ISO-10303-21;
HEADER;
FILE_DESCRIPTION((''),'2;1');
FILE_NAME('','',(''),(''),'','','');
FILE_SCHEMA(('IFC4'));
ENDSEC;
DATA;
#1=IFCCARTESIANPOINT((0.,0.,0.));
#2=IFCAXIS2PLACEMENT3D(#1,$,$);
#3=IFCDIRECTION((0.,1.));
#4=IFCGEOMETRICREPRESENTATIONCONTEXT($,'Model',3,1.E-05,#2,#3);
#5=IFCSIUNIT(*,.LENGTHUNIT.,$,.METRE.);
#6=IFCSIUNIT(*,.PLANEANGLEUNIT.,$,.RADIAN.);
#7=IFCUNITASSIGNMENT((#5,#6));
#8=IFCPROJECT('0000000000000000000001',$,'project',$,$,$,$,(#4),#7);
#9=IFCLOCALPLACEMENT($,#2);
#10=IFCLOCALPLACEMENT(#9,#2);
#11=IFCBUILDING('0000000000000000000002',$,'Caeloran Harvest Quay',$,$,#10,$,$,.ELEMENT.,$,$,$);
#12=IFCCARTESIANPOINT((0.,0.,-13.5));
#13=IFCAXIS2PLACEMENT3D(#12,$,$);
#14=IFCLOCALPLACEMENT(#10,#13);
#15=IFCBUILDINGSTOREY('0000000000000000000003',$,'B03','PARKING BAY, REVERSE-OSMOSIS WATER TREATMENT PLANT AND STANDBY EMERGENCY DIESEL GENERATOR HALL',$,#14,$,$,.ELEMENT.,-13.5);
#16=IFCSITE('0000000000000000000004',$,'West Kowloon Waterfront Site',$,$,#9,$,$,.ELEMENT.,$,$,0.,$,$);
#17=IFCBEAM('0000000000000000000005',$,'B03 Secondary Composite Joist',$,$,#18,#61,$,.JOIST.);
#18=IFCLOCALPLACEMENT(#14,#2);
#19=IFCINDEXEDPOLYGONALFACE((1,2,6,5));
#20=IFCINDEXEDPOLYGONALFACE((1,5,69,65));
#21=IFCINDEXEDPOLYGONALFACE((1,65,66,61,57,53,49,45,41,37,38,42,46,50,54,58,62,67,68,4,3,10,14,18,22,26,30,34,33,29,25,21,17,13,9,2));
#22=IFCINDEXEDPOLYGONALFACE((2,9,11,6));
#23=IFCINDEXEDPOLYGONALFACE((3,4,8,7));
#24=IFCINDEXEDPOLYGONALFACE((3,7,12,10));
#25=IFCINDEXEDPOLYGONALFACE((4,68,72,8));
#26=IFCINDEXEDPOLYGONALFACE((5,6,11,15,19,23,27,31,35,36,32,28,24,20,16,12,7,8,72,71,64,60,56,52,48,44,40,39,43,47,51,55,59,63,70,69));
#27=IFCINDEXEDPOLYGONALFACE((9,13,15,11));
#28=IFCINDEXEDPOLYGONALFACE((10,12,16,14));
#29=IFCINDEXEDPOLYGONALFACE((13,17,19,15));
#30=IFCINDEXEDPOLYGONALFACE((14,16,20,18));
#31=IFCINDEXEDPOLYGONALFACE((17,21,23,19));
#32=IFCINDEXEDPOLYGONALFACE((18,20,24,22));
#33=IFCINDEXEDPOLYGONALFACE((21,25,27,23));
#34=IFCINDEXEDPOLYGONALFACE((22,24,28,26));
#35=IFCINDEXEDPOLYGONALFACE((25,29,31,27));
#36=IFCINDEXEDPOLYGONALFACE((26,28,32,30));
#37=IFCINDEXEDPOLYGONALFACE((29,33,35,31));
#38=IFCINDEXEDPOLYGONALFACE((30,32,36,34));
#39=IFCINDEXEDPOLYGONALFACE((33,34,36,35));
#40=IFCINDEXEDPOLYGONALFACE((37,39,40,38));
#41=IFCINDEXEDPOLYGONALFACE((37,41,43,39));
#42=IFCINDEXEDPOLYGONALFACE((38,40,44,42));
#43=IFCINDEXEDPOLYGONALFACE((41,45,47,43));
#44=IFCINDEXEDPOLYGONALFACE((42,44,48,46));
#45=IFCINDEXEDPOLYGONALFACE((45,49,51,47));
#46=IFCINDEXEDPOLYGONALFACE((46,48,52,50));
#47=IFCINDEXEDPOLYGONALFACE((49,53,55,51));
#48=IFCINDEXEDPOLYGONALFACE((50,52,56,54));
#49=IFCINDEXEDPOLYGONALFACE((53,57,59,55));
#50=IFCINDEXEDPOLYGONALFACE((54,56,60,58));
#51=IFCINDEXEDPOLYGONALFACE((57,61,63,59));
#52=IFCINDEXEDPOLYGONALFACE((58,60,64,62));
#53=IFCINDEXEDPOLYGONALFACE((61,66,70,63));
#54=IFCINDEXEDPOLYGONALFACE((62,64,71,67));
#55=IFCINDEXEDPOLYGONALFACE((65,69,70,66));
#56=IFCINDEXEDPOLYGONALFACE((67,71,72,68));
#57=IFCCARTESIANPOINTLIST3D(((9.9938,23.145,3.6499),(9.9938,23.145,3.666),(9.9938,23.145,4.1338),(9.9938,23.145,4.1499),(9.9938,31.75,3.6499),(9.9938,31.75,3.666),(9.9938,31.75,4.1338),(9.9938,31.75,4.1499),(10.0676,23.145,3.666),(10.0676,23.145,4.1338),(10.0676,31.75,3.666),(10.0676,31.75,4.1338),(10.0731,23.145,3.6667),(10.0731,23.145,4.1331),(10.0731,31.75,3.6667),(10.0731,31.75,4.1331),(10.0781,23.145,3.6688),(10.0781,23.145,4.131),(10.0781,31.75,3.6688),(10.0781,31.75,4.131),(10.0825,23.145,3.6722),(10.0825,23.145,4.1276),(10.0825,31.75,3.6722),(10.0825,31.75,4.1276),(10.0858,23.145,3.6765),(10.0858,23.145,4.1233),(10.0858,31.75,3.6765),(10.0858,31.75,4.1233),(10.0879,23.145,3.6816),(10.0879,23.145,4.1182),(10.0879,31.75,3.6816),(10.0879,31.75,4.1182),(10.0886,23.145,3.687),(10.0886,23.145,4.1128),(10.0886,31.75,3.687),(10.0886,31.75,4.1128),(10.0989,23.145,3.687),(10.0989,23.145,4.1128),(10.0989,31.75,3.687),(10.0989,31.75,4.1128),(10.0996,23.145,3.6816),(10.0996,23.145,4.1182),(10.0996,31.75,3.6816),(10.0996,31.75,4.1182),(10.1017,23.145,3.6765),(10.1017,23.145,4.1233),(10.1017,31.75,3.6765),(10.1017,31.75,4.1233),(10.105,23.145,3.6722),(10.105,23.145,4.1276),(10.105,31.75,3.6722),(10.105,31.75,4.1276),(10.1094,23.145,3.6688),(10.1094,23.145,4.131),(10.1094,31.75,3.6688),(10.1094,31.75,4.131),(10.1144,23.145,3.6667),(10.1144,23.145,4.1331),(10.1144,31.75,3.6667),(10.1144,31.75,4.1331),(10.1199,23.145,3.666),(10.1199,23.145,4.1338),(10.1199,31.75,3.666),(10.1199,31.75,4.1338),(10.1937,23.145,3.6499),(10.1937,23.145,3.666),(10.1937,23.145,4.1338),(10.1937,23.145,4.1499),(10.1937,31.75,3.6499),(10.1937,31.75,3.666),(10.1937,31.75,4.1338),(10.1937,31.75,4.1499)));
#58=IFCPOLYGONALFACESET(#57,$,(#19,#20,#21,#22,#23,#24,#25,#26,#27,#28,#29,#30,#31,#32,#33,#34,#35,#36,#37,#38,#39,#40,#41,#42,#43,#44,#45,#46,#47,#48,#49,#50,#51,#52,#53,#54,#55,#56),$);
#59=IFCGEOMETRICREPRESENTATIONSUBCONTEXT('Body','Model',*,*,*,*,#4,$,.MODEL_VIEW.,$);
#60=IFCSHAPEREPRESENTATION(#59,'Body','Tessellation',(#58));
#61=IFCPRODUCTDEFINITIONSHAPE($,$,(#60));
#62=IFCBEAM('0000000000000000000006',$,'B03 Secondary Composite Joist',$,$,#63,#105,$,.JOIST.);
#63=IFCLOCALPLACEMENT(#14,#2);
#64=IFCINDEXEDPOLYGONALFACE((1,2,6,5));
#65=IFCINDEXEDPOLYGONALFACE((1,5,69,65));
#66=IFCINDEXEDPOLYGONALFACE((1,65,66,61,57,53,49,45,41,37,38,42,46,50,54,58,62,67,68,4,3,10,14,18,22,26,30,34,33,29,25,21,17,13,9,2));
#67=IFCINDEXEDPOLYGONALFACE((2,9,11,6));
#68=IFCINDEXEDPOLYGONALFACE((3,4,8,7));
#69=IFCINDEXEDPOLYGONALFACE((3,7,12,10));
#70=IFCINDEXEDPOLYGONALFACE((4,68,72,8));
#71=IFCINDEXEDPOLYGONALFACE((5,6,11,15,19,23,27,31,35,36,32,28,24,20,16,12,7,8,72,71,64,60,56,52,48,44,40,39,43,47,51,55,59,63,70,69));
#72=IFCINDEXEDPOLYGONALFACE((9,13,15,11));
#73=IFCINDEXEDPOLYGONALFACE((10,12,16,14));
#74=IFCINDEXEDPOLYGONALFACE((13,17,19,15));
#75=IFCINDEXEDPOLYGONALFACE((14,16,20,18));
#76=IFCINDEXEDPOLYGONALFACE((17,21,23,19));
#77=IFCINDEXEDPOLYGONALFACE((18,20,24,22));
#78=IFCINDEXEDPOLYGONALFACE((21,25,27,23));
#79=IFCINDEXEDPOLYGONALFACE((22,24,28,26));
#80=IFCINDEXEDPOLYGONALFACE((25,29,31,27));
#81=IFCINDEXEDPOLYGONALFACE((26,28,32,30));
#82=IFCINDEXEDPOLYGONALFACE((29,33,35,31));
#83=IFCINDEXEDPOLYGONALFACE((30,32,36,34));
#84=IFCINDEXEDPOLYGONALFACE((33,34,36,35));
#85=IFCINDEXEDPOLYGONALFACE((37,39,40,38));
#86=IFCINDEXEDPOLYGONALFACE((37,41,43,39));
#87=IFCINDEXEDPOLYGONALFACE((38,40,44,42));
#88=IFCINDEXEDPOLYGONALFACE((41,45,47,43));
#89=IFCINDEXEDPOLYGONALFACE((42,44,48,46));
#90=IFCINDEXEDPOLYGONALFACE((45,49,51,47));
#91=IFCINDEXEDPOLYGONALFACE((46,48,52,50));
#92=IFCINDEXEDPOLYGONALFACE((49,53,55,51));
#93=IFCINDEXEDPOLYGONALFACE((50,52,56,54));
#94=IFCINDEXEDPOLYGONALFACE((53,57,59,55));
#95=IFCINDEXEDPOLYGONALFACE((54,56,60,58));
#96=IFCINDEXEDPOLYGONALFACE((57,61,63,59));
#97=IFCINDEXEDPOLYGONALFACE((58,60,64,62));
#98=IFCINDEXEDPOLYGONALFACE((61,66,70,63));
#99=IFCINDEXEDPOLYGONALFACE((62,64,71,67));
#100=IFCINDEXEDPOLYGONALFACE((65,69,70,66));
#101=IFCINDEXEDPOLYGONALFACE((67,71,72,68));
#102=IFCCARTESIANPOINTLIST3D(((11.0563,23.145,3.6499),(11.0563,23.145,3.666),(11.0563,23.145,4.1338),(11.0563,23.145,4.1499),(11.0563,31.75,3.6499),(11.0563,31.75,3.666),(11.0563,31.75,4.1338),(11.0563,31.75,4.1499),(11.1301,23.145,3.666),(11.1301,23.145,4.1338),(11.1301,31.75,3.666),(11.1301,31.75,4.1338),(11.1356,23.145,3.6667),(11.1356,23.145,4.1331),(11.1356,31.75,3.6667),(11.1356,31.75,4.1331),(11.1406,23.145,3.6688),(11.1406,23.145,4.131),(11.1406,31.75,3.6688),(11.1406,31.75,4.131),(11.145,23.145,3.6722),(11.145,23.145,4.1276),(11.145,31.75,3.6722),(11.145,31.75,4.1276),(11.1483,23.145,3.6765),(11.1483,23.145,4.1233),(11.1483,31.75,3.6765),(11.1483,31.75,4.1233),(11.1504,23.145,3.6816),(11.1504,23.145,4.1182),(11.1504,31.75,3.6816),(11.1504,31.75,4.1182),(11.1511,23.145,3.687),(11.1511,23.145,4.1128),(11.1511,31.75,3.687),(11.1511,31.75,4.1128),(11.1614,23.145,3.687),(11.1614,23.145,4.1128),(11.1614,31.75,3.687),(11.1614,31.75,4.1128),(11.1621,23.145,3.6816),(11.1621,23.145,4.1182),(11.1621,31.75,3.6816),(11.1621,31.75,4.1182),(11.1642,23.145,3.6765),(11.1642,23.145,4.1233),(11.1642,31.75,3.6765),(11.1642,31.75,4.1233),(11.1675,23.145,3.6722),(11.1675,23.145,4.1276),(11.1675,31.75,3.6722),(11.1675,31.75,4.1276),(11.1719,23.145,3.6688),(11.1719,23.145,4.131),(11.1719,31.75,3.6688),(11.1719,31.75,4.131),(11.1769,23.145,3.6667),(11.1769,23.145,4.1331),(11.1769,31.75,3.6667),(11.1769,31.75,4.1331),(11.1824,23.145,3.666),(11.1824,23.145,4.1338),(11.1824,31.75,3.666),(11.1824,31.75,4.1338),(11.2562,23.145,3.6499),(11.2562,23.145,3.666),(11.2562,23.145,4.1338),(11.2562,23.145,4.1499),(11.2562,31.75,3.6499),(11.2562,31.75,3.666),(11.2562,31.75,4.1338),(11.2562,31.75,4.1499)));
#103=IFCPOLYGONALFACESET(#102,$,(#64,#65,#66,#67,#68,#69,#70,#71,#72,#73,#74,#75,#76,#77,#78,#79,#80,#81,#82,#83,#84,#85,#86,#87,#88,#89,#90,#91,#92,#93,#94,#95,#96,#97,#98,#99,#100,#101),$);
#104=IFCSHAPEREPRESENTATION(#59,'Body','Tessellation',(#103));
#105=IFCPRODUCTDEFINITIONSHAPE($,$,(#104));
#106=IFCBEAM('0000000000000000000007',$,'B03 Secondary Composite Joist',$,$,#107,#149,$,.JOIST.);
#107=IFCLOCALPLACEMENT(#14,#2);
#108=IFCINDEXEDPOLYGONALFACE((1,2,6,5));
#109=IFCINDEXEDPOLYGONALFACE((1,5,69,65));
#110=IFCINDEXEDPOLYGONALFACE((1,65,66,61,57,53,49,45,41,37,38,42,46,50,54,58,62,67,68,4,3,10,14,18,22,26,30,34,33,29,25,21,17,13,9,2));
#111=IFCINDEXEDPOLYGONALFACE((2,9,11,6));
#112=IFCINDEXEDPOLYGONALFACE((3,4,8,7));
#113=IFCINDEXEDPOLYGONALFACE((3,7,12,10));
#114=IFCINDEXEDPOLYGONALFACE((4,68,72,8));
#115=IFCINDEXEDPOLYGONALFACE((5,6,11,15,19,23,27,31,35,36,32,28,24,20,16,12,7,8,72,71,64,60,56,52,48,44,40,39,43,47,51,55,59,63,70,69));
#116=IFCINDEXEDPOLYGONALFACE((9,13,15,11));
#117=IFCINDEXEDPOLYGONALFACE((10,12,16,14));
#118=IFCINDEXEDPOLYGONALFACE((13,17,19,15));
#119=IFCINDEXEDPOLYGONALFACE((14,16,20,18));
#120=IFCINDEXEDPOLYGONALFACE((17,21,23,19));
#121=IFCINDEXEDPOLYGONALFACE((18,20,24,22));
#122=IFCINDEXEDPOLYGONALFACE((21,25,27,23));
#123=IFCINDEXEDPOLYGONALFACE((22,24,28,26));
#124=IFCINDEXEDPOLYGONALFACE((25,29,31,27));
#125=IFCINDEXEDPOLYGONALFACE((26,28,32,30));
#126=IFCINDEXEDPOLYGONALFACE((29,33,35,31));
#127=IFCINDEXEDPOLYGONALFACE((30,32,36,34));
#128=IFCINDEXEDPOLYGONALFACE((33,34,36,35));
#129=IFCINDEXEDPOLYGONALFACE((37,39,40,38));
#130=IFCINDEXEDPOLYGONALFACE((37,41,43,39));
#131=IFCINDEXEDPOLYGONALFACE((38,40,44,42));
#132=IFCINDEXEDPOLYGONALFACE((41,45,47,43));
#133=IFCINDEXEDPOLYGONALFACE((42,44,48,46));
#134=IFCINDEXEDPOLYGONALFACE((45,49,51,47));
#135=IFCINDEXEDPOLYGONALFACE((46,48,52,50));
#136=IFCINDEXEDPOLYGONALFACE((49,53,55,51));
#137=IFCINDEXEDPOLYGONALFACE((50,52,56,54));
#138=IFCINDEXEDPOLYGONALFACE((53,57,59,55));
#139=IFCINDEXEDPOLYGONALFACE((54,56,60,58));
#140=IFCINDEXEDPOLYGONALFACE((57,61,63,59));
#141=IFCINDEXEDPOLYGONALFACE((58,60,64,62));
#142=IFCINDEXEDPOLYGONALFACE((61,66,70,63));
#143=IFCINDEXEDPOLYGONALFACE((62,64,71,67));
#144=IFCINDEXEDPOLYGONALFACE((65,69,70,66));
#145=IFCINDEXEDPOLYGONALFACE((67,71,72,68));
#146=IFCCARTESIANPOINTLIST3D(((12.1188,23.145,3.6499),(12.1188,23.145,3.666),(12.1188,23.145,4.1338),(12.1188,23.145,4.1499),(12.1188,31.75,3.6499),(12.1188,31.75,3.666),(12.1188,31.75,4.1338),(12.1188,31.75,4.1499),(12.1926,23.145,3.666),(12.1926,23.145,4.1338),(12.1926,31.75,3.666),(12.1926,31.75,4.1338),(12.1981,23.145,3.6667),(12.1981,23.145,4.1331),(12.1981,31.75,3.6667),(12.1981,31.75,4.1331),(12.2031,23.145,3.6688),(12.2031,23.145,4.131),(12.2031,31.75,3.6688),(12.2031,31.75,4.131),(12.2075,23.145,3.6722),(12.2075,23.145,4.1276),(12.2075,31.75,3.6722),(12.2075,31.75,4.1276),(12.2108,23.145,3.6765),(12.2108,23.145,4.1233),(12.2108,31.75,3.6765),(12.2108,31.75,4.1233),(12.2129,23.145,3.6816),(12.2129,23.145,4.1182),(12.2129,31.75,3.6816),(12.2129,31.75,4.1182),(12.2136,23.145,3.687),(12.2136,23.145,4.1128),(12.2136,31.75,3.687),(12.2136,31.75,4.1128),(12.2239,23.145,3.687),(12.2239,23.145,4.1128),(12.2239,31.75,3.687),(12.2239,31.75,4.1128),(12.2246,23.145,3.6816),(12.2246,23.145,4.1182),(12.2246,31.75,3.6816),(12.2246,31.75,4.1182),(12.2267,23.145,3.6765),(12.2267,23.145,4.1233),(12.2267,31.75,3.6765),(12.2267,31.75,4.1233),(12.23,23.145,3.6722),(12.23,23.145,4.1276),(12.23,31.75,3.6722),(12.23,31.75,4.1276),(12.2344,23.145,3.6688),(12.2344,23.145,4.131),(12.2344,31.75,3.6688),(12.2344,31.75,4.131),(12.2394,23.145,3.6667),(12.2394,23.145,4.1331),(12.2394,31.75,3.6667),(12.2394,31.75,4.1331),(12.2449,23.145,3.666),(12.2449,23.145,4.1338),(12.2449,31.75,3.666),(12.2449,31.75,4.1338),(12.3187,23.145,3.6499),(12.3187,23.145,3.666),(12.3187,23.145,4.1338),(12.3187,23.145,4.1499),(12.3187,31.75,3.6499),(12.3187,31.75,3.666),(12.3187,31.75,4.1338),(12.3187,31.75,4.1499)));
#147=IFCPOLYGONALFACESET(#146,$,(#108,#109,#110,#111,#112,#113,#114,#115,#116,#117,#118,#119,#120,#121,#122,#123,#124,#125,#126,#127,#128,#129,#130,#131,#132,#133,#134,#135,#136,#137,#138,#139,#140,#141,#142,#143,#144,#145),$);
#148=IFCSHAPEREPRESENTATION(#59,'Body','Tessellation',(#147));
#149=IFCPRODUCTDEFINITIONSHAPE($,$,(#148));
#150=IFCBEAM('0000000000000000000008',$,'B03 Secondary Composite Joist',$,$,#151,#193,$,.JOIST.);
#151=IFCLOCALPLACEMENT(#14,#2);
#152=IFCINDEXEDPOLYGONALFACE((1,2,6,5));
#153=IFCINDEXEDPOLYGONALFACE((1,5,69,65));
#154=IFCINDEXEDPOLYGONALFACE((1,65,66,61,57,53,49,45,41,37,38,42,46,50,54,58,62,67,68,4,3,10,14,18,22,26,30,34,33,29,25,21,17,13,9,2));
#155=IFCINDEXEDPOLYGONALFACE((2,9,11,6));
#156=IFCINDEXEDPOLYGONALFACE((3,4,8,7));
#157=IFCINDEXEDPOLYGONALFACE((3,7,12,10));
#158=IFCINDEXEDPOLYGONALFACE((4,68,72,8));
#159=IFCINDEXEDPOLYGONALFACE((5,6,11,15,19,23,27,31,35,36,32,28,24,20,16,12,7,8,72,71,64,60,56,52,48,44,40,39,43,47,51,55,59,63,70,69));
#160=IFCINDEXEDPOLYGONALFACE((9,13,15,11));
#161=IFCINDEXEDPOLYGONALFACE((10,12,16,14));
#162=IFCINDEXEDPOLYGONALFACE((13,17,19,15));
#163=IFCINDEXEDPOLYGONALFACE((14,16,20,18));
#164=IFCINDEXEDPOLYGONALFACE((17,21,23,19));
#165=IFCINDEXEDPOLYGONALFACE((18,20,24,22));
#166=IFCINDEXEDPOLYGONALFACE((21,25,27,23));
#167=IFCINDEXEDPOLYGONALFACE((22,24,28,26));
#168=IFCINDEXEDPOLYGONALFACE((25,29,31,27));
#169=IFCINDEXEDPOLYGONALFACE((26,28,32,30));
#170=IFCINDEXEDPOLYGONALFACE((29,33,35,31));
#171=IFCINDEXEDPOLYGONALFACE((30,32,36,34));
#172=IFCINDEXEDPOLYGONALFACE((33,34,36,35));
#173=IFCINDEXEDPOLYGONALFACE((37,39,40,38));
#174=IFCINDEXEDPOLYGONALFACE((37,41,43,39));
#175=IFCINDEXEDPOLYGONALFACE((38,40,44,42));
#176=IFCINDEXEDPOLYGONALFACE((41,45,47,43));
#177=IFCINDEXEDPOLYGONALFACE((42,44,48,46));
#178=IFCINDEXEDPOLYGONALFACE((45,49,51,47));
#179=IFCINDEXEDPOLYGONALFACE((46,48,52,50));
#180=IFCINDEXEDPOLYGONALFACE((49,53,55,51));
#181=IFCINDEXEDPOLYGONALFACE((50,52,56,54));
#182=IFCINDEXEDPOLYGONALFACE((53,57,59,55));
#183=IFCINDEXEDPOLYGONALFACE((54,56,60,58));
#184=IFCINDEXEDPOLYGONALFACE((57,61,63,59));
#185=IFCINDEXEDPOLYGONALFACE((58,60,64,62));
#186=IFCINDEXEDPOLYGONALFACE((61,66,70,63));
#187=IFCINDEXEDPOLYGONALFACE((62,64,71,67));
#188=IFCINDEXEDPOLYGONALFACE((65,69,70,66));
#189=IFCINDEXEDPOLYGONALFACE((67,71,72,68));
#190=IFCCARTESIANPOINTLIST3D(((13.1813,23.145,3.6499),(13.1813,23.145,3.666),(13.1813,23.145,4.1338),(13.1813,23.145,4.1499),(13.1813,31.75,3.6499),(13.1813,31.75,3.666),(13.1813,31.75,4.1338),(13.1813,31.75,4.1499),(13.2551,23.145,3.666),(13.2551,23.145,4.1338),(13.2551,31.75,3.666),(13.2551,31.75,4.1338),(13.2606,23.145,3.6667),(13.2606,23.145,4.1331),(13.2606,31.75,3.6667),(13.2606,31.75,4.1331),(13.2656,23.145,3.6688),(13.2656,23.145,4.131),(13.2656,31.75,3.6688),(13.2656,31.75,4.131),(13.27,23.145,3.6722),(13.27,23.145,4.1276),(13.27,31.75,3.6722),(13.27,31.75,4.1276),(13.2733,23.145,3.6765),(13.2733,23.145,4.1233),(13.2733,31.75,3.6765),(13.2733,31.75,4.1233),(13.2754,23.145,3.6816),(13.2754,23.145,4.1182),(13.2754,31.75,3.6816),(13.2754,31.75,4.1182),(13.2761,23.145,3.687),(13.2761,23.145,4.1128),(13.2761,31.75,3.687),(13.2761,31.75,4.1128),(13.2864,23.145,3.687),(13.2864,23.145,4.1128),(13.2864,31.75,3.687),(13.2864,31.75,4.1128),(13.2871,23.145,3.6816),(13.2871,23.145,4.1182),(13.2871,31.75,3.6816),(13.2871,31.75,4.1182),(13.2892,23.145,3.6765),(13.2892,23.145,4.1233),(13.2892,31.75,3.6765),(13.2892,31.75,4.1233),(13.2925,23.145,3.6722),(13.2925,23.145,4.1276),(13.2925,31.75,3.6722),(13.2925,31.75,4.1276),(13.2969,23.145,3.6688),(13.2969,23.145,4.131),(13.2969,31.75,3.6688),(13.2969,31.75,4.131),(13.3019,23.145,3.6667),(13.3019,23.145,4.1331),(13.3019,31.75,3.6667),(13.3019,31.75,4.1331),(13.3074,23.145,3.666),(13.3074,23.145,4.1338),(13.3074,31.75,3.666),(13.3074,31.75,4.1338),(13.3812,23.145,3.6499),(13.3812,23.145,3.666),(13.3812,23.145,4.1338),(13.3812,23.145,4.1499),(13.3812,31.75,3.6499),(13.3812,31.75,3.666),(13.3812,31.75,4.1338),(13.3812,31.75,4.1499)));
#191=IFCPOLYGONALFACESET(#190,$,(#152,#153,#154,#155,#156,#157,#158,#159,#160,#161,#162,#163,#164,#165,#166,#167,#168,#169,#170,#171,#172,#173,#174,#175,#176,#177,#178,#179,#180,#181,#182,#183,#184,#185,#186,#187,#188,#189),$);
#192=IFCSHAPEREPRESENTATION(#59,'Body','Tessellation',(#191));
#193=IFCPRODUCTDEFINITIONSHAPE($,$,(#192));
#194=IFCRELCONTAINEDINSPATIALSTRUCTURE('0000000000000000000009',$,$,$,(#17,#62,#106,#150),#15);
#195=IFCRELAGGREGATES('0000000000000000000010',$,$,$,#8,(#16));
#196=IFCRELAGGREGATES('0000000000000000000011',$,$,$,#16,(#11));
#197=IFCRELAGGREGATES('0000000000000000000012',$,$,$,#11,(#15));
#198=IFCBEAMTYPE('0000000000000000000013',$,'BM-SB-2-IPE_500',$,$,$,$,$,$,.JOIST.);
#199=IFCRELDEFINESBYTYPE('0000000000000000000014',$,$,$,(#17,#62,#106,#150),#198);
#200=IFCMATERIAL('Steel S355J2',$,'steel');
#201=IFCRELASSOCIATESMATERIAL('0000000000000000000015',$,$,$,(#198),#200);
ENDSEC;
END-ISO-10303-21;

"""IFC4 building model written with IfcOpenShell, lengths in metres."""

from ifc_helpers import new_model, si_unit, direction, frame, origin, origin_2d, place, context, subcontext, project, spatial, i_section, extrude, material, material_profile, profile_set, type_object, element, save


model = new_model("IFC4")

# Units and contexts
model_context = context("Model", 3, precision=1e-05, world=origin(), true_north=direction((0.0, 1.0)))
body_context = subcontext(model_context, "Body", "Model", "MODEL_VIEW")
ifc_project = project(units=[si_unit("LENGTHUNIT", "METRE"), si_unit("PLANEANGLEUNIT", "RADIAN")], contexts=[model_context])

# Site, building, storey
site_placement = place(None, origin())
site = spatial("IfcSite", under=ifc_project, at=site_placement, Name="West Kowloon Waterfront Site", CompositionType="ELEMENT", RefElevation=0.0)
building_placement = place(site_placement, origin())
building = spatial("IfcBuilding", under=site, at=building_placement, Name="Caeloran Harvest Quay", CompositionType="ELEMENT")
storey_placement = place(building_placement, frame((0.0, 0.0, -13.5)))
storey = spatial("IfcBuildingStorey", under=building, at=storey_placement, Name="B03", Description="PARKING BAY, REVERSE-OSMOSIS WATER TREATMENT PLANT AND STANDBY EMERGENCY DIESEL GENERATOR HALL", CompositionType="ELEMENT", Elevation=-13.5)

# Beams
ifc_material_1 = material(Name="Steel S355J2", Category="steel")
ifc_material_profile_1 = material_profile(ifc_material_1, i_section(OverallWidth=0.2, OverallDepth=0.5, WebThickness=0.0103, FlangeThickness=0.0161, FilletRadius=0.021, at=origin_2d()), Name="IPE 500")
ifc_profile_set_1 = profile_set([ifc_material_profile_1], Name="Steel S355J2")
beam_type_1 = type_object("IfcBeamType", Name="BM-SB-2-IPE_500", PredefinedType="JOIST", material=ifc_profile_set_1)
for number, where, z_axis, x_axis, name in (
    (1, (10.0938, 23.145, 3.8999), (0.0, 1.0, 0.0), (-1.0, 0.0, 0.0), "B03 Secondary Composite Joist"),
    (2, (11.1562, 23.145, 3.8999), (0.0, 1.0, 0.0), (-1.0, 0.0, 0.0), "B03 Secondary Composite Joist"),
    (3, (12.2188, 23.145, 3.8999), (0.0, 1.0, 0.0), (-1.0, 0.0, 0.0), "B03 Secondary Composite Joist"),
    (4, (13.2812, 23.145, 3.8999), (0.0, 1.0, 0.0), (-1.0, 0.0, 0.0), "B03 Secondary Composite Joist"),
):
    element("IfcBeam", number, at=place(storey_placement, frame(where, z_axis=z_axis, x_axis=x_axis)), inside=storey, type_object=beam_type_1, Name=name, PredefinedType="JOIST", context=body_context, shape_type="SweptSolid", body=[
        extrude(i_section(OverallWidth=0.2, OverallDepth=0.5, WebThickness=0.0103, FlangeThickness=0.0161, FilletRadius=0.021, at=origin_2d()), origin(), (0.0, 0.0, 1.0), 8.605),
    ])

save(model, "model.ifc")
